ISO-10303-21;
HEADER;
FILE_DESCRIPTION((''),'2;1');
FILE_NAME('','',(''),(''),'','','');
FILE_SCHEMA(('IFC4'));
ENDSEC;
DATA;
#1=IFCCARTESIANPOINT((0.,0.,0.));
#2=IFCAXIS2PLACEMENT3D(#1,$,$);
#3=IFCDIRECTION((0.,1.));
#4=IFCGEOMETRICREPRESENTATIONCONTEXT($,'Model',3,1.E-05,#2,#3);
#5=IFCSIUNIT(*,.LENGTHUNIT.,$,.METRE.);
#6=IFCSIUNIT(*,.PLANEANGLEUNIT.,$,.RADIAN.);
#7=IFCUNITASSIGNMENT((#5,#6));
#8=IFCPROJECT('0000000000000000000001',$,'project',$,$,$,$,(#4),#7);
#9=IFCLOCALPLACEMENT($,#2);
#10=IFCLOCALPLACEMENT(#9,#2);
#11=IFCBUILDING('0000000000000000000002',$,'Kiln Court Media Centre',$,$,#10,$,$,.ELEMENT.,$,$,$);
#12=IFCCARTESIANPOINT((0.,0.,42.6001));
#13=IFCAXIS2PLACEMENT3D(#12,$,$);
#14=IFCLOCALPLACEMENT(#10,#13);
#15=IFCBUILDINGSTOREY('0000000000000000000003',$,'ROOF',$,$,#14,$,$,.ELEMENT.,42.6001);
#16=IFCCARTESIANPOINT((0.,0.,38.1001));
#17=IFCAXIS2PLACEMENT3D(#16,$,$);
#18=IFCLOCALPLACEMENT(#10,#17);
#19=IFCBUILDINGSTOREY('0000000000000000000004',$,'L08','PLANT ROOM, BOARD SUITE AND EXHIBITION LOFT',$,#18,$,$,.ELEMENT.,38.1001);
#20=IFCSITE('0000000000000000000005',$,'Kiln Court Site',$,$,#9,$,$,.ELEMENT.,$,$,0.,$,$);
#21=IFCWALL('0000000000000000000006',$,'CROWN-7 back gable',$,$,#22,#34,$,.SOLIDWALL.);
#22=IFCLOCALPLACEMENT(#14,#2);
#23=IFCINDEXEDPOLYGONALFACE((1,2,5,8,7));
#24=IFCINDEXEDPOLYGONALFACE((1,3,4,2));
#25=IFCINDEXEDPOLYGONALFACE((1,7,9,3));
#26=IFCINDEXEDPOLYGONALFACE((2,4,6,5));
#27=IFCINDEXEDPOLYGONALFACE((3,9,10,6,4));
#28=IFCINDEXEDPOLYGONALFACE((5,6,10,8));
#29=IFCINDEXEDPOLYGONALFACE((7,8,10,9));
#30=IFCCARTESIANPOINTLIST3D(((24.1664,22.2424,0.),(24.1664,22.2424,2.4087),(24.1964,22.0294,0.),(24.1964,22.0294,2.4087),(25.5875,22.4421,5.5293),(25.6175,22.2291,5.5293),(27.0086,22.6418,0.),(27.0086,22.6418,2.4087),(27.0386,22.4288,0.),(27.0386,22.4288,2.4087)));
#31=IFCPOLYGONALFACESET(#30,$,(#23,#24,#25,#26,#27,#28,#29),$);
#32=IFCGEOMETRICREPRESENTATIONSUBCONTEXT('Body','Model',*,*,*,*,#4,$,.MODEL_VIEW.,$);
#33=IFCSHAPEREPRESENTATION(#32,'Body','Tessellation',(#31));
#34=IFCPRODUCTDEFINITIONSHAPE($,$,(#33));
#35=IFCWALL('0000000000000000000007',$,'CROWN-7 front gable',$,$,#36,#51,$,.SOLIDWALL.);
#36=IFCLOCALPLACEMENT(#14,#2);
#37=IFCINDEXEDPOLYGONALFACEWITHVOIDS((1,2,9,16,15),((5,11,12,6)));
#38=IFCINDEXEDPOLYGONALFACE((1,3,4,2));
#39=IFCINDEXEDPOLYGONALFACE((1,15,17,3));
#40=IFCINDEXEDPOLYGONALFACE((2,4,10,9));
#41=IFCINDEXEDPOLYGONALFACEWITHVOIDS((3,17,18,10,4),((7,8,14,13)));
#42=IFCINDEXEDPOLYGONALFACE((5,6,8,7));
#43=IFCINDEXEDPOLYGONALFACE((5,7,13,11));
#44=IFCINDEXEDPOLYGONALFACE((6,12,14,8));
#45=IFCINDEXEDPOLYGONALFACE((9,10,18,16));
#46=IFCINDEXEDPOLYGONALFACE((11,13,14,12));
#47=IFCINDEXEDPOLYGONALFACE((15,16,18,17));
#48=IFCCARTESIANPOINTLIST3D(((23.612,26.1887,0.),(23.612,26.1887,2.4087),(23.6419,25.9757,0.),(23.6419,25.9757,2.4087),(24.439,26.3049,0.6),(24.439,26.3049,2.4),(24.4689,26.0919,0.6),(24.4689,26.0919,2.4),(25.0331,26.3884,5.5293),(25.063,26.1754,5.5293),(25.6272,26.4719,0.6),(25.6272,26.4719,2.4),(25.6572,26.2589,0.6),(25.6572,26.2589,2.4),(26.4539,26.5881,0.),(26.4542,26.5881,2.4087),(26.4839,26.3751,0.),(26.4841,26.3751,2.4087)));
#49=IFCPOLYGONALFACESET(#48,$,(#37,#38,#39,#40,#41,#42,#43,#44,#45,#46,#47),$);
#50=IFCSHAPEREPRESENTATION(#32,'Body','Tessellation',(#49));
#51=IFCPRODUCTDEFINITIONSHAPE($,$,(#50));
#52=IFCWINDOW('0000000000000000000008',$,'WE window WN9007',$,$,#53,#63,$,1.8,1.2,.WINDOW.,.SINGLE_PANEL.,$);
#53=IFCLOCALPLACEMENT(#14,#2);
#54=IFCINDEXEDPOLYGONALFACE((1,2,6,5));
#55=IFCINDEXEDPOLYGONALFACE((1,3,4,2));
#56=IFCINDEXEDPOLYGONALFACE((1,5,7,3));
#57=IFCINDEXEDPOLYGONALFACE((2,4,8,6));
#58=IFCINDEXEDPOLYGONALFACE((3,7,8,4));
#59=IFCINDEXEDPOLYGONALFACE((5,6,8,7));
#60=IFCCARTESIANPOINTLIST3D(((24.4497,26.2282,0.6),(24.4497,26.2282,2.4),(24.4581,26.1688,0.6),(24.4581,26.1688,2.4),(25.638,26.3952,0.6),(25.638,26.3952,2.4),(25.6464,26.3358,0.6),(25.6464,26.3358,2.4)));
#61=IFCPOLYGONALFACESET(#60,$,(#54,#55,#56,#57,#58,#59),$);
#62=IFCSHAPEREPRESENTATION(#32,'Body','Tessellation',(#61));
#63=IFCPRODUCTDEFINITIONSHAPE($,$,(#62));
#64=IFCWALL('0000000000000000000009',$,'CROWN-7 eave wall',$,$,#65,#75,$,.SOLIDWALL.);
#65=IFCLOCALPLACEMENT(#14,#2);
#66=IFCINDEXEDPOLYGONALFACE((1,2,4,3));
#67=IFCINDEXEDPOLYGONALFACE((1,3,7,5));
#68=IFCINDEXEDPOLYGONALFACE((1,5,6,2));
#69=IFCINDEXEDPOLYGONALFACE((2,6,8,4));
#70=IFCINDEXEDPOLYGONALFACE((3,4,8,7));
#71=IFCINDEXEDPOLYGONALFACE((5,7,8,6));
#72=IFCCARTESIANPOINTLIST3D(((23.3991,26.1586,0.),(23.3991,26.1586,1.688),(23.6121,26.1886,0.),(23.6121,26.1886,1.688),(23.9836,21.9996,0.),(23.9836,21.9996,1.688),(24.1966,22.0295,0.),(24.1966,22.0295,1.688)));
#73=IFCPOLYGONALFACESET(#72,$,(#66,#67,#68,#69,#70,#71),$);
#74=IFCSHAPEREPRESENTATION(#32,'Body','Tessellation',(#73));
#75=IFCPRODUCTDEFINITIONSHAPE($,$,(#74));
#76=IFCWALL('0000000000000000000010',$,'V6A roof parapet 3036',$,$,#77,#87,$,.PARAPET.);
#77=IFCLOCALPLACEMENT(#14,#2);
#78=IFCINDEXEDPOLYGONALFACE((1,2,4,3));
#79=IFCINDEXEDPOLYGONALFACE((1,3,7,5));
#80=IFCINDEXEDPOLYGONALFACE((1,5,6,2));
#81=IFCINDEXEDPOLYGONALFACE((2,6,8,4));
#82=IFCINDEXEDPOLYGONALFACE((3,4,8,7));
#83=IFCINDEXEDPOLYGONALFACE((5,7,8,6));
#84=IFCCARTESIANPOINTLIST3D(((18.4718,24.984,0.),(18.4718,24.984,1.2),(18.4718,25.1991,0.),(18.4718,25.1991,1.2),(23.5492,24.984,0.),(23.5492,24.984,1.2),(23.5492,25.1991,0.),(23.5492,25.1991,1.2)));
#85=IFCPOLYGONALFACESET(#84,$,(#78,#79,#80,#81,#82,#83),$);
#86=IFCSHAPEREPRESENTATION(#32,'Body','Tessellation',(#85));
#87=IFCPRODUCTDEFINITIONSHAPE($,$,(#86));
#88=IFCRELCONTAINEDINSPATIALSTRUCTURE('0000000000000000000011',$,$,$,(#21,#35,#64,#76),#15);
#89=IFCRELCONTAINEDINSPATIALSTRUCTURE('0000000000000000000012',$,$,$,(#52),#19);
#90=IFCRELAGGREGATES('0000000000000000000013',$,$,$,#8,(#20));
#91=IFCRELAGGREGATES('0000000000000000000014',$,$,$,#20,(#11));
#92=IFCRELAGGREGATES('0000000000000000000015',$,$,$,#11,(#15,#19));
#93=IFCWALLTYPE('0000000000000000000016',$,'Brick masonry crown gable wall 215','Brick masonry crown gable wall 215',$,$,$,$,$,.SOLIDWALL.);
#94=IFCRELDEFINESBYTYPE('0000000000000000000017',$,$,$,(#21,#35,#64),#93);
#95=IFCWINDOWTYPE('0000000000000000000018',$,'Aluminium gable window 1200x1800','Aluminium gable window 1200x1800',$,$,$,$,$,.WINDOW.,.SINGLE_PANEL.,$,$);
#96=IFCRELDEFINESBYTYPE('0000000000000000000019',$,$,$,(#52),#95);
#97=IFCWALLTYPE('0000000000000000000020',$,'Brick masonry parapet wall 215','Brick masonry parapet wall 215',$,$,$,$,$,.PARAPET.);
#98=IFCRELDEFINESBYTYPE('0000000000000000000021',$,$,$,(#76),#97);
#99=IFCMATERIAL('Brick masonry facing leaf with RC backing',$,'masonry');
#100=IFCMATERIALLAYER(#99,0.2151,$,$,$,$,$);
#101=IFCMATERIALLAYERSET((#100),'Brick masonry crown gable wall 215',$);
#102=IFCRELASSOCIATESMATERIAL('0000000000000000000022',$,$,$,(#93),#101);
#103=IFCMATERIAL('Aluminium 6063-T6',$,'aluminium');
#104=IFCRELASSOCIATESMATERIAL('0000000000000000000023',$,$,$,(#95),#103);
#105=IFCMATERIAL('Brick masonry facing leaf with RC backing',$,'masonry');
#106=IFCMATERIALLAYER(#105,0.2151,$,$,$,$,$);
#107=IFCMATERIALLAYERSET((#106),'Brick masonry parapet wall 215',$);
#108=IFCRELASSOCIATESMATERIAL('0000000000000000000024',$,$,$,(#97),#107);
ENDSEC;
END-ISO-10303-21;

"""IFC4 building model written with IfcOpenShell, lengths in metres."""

from ifc_helpers import new_model, si_unit, direction, frame, frame_2d, origin, place, context, subcontext, project, spatial, polyline, rectangle, outline, extrude, material, layer, layer_set, type_object, element, fill, save


model = new_model("IFC4")

# Units and contexts
model_context = context("Model", 3, precision=1e-05, world=origin(), true_north=direction((0.0, 1.0)))
body_context = subcontext(model_context, "Body", "Model", "MODEL_VIEW")
ifc_project = project(units=[si_unit("LENGTHUNIT", "METRE"), si_unit("PLANEANGLEUNIT", "RADIAN")], contexts=[model_context])

# Site, building, storey
site_placement = place(None, origin())
site = spatial("IfcSite", under=ifc_project, at=site_placement, Name="Kiln Court Site", CompositionType="ELEMENT", RefElevation=0.0)
building_placement = place(site_placement, origin())
building = spatial("IfcBuilding", under=site, at=building_placement, Name="Kiln Court Media Centre", CompositionType="ELEMENT")
storey_1_placement = place(building_placement, frame((0.0, 0.0, 42.6001)))
storey_1 = spatial("IfcBuildingStorey", under=building, at=storey_1_placement, Name="ROOF", CompositionType="ELEMENT", Elevation=42.6001)

# Wall
ifc_material_1 = material(Name="Brick masonry facing leaf with RC backing", Category="masonry")
ifc_layer_1 = layer(ifc_material_1, 0.2151)
ifc_layer_set_1 = layer_set([ifc_layer_1], Name="Brick masonry crown gable wall 215")
wall_type_1 = type_object("IfcWallType", Name="Brick masonry crown gable wall 215", Description="Brick masonry crown gable wall 215", PredefinedType="SOLIDWALL", material=ifc_layer_set_1)
wall_1_placement = place(storey_1_placement, frame((24.1814, 22.136, 0.0), z_axis=(0.0, 0.0, 1.0), x_axis=(0.99027, 0.139158, 0.0)))
element("IfcWall", 1, at=wall_1_placement, inside=storey_1, type_object=wall_type_1, Name="CROWN-7 back gable", PredefinedType="SOLIDWALL", context=body_context, shape_type="SweptSolid", body=[
    extrude(outline(polyline([(0.0, 0.0), (2.8701, 0.0), (2.8701, 2.4087), (1.4351, 5.5293), (0.0, 2.4087), (0.0, 0.0)])), frame((0.0, 0.1074, 0.0), z_axis=(0.0, -1.0, 0.0), x_axis=(1.0, 0.0, 0.0)), (0.0, 0.0, 1.0), 0.2151),
])

# Wall, opening
wall_2_placement = place(storey_1_placement, frame((23.627, 26.0823, 0.0), z_axis=(0.0, 0.0, 1.0), x_axis=(0.990268, 0.13917, 0.0)))
wall_2 = element("IfcWall", 2, at=wall_2_placement, inside=storey_1, type_object=wall_type_1, Name="CROWN-7 front gable", PredefinedType="SOLIDWALL", context=body_context, shape_type="SweptSolid", body=[
    extrude(outline(polyline([(0.0, 0.0), (2.8699, 0.0), (2.8701, 2.4087), (1.4351, 5.5293), (0.0, 2.4087), (0.0, 0.0)])), frame((0.0, 0.1074, 0.0), z_axis=(0.0, -1.0, 0.0), x_axis=(1.0, 0.0, 0.0)), (0.0, 0.0, 1.0), 0.2151),
])
opening_placement = place(wall_2_placement, frame((0.835, 0.0, 0.6001)))
opening = element("IfcOpeningElement", 3, at=opening_placement, cuts=wall_2, PredefinedType="OPENING", context=body_context, shape_type="SweptSolid", body=[
    extrude(rectangle(XDim=1.2, YDim=1.8, at=frame_2d((0.6001, 0.8999))), frame((0.0, 0.1174, 0.0), z_axis=(0.0, -1.0, 0.0), x_axis=(1.0, 0.0, 0.0)), (0.0, 0.0, 1.0), 0.2351),
])

# Shared definitions
storey_2_placement = place(building_placement, frame((0.0, 0.0, 38.1001)))
storey_2 = spatial("IfcBuildingStorey", under=building, at=storey_2_placement, Name="L08", Description="PLANT ROOM, BOARD SUITE AND EXHIBITION LOFT", CompositionType="ELEMENT", Elevation=38.1001)

# Window
ifc_material_2 = material(Name="Aluminium 6063-T6", Category="aluminium")
window_type = type_object("IfcWindowType", Name="Aluminium gable window 1200x1800", Description="Aluminium gable window 1200x1800", PartitioningType="SINGLE_PANEL", PredefinedType="WINDOW", material=ifc_material_2)
window_placement = place(opening_placement, origin())
window = element("IfcWindow", 4, at=window_placement, inside=storey_2, type_object=window_type, Name="WE window WN9007", OverallHeight=1.8, OverallWidth=1.2, PartitioningType="SINGLE_PANEL", PredefinedType="WINDOW", context=body_context, shape_type="SweptSolid", body=[
    extrude(rectangle(XDim=1.2, YDim=1.8, at=frame_2d((0.6001, 0.8999))), frame((0.0, 0.03, 0.0), z_axis=(0.0, -1.0, 0.0), x_axis=(1.0, 0.0, 0.0)), (0.0, 0.0, 1.0), 0.0601),
])
fill(opening, window)

# Walls
wall_3_placement = place(storey_1_placement, frame((24.0901, 22.0144, 0.0), z_axis=(0.0, 0.0, 1.0), x_axis=(-0.139159, 0.99027, 0.0)))
element("IfcWall", 5, at=wall_3_placement, inside=storey_1, type_object=wall_type_1, Name="CROWN-7 eave wall", PredefinedType="SOLIDWALL", context=body_context, shape_type="SweptSolid", body=[
    extrude(rectangle(XDim=4.2, YDim=0.2151, at=frame_2d((2.1001, 0.0))), origin(), (0.0, 0.0, 1.0), 1.688),
])
ifc_material_3 = material(Name="Brick masonry facing leaf with RC backing", Category="masonry")
ifc_layer_2 = layer(ifc_material_3, 0.2151)
ifc_layer_set_2 = layer_set([ifc_layer_2], Name="Brick masonry parapet wall 215")
wall_type_2 = type_object("IfcWallType", Name="Brick masonry parapet wall 215", Description="Brick masonry parapet wall 215", PredefinedType="PARAPET", material=ifc_layer_set_2)
wall_4_placement = place(storey_1_placement, frame((23.5491, 25.0916, 0.0), z_axis=(0.0, 0.0, 1.0), x_axis=(-1.0, 0.0, 0.0)))
element("IfcWall", 6, at=wall_4_placement, inside=storey_1, type_object=wall_type_2, Name="V6A roof parapet 3036", PredefinedType="PARAPET", context=body_context, shape_type="SweptSolid", body=[
    extrude(rectangle(XDim=5.0774, YDim=0.2151, at=frame_2d((2.5386, 0.0))), origin(), (0.0, 0.0, 1.0), 1.2),
])

save(model, "model.ifc")
